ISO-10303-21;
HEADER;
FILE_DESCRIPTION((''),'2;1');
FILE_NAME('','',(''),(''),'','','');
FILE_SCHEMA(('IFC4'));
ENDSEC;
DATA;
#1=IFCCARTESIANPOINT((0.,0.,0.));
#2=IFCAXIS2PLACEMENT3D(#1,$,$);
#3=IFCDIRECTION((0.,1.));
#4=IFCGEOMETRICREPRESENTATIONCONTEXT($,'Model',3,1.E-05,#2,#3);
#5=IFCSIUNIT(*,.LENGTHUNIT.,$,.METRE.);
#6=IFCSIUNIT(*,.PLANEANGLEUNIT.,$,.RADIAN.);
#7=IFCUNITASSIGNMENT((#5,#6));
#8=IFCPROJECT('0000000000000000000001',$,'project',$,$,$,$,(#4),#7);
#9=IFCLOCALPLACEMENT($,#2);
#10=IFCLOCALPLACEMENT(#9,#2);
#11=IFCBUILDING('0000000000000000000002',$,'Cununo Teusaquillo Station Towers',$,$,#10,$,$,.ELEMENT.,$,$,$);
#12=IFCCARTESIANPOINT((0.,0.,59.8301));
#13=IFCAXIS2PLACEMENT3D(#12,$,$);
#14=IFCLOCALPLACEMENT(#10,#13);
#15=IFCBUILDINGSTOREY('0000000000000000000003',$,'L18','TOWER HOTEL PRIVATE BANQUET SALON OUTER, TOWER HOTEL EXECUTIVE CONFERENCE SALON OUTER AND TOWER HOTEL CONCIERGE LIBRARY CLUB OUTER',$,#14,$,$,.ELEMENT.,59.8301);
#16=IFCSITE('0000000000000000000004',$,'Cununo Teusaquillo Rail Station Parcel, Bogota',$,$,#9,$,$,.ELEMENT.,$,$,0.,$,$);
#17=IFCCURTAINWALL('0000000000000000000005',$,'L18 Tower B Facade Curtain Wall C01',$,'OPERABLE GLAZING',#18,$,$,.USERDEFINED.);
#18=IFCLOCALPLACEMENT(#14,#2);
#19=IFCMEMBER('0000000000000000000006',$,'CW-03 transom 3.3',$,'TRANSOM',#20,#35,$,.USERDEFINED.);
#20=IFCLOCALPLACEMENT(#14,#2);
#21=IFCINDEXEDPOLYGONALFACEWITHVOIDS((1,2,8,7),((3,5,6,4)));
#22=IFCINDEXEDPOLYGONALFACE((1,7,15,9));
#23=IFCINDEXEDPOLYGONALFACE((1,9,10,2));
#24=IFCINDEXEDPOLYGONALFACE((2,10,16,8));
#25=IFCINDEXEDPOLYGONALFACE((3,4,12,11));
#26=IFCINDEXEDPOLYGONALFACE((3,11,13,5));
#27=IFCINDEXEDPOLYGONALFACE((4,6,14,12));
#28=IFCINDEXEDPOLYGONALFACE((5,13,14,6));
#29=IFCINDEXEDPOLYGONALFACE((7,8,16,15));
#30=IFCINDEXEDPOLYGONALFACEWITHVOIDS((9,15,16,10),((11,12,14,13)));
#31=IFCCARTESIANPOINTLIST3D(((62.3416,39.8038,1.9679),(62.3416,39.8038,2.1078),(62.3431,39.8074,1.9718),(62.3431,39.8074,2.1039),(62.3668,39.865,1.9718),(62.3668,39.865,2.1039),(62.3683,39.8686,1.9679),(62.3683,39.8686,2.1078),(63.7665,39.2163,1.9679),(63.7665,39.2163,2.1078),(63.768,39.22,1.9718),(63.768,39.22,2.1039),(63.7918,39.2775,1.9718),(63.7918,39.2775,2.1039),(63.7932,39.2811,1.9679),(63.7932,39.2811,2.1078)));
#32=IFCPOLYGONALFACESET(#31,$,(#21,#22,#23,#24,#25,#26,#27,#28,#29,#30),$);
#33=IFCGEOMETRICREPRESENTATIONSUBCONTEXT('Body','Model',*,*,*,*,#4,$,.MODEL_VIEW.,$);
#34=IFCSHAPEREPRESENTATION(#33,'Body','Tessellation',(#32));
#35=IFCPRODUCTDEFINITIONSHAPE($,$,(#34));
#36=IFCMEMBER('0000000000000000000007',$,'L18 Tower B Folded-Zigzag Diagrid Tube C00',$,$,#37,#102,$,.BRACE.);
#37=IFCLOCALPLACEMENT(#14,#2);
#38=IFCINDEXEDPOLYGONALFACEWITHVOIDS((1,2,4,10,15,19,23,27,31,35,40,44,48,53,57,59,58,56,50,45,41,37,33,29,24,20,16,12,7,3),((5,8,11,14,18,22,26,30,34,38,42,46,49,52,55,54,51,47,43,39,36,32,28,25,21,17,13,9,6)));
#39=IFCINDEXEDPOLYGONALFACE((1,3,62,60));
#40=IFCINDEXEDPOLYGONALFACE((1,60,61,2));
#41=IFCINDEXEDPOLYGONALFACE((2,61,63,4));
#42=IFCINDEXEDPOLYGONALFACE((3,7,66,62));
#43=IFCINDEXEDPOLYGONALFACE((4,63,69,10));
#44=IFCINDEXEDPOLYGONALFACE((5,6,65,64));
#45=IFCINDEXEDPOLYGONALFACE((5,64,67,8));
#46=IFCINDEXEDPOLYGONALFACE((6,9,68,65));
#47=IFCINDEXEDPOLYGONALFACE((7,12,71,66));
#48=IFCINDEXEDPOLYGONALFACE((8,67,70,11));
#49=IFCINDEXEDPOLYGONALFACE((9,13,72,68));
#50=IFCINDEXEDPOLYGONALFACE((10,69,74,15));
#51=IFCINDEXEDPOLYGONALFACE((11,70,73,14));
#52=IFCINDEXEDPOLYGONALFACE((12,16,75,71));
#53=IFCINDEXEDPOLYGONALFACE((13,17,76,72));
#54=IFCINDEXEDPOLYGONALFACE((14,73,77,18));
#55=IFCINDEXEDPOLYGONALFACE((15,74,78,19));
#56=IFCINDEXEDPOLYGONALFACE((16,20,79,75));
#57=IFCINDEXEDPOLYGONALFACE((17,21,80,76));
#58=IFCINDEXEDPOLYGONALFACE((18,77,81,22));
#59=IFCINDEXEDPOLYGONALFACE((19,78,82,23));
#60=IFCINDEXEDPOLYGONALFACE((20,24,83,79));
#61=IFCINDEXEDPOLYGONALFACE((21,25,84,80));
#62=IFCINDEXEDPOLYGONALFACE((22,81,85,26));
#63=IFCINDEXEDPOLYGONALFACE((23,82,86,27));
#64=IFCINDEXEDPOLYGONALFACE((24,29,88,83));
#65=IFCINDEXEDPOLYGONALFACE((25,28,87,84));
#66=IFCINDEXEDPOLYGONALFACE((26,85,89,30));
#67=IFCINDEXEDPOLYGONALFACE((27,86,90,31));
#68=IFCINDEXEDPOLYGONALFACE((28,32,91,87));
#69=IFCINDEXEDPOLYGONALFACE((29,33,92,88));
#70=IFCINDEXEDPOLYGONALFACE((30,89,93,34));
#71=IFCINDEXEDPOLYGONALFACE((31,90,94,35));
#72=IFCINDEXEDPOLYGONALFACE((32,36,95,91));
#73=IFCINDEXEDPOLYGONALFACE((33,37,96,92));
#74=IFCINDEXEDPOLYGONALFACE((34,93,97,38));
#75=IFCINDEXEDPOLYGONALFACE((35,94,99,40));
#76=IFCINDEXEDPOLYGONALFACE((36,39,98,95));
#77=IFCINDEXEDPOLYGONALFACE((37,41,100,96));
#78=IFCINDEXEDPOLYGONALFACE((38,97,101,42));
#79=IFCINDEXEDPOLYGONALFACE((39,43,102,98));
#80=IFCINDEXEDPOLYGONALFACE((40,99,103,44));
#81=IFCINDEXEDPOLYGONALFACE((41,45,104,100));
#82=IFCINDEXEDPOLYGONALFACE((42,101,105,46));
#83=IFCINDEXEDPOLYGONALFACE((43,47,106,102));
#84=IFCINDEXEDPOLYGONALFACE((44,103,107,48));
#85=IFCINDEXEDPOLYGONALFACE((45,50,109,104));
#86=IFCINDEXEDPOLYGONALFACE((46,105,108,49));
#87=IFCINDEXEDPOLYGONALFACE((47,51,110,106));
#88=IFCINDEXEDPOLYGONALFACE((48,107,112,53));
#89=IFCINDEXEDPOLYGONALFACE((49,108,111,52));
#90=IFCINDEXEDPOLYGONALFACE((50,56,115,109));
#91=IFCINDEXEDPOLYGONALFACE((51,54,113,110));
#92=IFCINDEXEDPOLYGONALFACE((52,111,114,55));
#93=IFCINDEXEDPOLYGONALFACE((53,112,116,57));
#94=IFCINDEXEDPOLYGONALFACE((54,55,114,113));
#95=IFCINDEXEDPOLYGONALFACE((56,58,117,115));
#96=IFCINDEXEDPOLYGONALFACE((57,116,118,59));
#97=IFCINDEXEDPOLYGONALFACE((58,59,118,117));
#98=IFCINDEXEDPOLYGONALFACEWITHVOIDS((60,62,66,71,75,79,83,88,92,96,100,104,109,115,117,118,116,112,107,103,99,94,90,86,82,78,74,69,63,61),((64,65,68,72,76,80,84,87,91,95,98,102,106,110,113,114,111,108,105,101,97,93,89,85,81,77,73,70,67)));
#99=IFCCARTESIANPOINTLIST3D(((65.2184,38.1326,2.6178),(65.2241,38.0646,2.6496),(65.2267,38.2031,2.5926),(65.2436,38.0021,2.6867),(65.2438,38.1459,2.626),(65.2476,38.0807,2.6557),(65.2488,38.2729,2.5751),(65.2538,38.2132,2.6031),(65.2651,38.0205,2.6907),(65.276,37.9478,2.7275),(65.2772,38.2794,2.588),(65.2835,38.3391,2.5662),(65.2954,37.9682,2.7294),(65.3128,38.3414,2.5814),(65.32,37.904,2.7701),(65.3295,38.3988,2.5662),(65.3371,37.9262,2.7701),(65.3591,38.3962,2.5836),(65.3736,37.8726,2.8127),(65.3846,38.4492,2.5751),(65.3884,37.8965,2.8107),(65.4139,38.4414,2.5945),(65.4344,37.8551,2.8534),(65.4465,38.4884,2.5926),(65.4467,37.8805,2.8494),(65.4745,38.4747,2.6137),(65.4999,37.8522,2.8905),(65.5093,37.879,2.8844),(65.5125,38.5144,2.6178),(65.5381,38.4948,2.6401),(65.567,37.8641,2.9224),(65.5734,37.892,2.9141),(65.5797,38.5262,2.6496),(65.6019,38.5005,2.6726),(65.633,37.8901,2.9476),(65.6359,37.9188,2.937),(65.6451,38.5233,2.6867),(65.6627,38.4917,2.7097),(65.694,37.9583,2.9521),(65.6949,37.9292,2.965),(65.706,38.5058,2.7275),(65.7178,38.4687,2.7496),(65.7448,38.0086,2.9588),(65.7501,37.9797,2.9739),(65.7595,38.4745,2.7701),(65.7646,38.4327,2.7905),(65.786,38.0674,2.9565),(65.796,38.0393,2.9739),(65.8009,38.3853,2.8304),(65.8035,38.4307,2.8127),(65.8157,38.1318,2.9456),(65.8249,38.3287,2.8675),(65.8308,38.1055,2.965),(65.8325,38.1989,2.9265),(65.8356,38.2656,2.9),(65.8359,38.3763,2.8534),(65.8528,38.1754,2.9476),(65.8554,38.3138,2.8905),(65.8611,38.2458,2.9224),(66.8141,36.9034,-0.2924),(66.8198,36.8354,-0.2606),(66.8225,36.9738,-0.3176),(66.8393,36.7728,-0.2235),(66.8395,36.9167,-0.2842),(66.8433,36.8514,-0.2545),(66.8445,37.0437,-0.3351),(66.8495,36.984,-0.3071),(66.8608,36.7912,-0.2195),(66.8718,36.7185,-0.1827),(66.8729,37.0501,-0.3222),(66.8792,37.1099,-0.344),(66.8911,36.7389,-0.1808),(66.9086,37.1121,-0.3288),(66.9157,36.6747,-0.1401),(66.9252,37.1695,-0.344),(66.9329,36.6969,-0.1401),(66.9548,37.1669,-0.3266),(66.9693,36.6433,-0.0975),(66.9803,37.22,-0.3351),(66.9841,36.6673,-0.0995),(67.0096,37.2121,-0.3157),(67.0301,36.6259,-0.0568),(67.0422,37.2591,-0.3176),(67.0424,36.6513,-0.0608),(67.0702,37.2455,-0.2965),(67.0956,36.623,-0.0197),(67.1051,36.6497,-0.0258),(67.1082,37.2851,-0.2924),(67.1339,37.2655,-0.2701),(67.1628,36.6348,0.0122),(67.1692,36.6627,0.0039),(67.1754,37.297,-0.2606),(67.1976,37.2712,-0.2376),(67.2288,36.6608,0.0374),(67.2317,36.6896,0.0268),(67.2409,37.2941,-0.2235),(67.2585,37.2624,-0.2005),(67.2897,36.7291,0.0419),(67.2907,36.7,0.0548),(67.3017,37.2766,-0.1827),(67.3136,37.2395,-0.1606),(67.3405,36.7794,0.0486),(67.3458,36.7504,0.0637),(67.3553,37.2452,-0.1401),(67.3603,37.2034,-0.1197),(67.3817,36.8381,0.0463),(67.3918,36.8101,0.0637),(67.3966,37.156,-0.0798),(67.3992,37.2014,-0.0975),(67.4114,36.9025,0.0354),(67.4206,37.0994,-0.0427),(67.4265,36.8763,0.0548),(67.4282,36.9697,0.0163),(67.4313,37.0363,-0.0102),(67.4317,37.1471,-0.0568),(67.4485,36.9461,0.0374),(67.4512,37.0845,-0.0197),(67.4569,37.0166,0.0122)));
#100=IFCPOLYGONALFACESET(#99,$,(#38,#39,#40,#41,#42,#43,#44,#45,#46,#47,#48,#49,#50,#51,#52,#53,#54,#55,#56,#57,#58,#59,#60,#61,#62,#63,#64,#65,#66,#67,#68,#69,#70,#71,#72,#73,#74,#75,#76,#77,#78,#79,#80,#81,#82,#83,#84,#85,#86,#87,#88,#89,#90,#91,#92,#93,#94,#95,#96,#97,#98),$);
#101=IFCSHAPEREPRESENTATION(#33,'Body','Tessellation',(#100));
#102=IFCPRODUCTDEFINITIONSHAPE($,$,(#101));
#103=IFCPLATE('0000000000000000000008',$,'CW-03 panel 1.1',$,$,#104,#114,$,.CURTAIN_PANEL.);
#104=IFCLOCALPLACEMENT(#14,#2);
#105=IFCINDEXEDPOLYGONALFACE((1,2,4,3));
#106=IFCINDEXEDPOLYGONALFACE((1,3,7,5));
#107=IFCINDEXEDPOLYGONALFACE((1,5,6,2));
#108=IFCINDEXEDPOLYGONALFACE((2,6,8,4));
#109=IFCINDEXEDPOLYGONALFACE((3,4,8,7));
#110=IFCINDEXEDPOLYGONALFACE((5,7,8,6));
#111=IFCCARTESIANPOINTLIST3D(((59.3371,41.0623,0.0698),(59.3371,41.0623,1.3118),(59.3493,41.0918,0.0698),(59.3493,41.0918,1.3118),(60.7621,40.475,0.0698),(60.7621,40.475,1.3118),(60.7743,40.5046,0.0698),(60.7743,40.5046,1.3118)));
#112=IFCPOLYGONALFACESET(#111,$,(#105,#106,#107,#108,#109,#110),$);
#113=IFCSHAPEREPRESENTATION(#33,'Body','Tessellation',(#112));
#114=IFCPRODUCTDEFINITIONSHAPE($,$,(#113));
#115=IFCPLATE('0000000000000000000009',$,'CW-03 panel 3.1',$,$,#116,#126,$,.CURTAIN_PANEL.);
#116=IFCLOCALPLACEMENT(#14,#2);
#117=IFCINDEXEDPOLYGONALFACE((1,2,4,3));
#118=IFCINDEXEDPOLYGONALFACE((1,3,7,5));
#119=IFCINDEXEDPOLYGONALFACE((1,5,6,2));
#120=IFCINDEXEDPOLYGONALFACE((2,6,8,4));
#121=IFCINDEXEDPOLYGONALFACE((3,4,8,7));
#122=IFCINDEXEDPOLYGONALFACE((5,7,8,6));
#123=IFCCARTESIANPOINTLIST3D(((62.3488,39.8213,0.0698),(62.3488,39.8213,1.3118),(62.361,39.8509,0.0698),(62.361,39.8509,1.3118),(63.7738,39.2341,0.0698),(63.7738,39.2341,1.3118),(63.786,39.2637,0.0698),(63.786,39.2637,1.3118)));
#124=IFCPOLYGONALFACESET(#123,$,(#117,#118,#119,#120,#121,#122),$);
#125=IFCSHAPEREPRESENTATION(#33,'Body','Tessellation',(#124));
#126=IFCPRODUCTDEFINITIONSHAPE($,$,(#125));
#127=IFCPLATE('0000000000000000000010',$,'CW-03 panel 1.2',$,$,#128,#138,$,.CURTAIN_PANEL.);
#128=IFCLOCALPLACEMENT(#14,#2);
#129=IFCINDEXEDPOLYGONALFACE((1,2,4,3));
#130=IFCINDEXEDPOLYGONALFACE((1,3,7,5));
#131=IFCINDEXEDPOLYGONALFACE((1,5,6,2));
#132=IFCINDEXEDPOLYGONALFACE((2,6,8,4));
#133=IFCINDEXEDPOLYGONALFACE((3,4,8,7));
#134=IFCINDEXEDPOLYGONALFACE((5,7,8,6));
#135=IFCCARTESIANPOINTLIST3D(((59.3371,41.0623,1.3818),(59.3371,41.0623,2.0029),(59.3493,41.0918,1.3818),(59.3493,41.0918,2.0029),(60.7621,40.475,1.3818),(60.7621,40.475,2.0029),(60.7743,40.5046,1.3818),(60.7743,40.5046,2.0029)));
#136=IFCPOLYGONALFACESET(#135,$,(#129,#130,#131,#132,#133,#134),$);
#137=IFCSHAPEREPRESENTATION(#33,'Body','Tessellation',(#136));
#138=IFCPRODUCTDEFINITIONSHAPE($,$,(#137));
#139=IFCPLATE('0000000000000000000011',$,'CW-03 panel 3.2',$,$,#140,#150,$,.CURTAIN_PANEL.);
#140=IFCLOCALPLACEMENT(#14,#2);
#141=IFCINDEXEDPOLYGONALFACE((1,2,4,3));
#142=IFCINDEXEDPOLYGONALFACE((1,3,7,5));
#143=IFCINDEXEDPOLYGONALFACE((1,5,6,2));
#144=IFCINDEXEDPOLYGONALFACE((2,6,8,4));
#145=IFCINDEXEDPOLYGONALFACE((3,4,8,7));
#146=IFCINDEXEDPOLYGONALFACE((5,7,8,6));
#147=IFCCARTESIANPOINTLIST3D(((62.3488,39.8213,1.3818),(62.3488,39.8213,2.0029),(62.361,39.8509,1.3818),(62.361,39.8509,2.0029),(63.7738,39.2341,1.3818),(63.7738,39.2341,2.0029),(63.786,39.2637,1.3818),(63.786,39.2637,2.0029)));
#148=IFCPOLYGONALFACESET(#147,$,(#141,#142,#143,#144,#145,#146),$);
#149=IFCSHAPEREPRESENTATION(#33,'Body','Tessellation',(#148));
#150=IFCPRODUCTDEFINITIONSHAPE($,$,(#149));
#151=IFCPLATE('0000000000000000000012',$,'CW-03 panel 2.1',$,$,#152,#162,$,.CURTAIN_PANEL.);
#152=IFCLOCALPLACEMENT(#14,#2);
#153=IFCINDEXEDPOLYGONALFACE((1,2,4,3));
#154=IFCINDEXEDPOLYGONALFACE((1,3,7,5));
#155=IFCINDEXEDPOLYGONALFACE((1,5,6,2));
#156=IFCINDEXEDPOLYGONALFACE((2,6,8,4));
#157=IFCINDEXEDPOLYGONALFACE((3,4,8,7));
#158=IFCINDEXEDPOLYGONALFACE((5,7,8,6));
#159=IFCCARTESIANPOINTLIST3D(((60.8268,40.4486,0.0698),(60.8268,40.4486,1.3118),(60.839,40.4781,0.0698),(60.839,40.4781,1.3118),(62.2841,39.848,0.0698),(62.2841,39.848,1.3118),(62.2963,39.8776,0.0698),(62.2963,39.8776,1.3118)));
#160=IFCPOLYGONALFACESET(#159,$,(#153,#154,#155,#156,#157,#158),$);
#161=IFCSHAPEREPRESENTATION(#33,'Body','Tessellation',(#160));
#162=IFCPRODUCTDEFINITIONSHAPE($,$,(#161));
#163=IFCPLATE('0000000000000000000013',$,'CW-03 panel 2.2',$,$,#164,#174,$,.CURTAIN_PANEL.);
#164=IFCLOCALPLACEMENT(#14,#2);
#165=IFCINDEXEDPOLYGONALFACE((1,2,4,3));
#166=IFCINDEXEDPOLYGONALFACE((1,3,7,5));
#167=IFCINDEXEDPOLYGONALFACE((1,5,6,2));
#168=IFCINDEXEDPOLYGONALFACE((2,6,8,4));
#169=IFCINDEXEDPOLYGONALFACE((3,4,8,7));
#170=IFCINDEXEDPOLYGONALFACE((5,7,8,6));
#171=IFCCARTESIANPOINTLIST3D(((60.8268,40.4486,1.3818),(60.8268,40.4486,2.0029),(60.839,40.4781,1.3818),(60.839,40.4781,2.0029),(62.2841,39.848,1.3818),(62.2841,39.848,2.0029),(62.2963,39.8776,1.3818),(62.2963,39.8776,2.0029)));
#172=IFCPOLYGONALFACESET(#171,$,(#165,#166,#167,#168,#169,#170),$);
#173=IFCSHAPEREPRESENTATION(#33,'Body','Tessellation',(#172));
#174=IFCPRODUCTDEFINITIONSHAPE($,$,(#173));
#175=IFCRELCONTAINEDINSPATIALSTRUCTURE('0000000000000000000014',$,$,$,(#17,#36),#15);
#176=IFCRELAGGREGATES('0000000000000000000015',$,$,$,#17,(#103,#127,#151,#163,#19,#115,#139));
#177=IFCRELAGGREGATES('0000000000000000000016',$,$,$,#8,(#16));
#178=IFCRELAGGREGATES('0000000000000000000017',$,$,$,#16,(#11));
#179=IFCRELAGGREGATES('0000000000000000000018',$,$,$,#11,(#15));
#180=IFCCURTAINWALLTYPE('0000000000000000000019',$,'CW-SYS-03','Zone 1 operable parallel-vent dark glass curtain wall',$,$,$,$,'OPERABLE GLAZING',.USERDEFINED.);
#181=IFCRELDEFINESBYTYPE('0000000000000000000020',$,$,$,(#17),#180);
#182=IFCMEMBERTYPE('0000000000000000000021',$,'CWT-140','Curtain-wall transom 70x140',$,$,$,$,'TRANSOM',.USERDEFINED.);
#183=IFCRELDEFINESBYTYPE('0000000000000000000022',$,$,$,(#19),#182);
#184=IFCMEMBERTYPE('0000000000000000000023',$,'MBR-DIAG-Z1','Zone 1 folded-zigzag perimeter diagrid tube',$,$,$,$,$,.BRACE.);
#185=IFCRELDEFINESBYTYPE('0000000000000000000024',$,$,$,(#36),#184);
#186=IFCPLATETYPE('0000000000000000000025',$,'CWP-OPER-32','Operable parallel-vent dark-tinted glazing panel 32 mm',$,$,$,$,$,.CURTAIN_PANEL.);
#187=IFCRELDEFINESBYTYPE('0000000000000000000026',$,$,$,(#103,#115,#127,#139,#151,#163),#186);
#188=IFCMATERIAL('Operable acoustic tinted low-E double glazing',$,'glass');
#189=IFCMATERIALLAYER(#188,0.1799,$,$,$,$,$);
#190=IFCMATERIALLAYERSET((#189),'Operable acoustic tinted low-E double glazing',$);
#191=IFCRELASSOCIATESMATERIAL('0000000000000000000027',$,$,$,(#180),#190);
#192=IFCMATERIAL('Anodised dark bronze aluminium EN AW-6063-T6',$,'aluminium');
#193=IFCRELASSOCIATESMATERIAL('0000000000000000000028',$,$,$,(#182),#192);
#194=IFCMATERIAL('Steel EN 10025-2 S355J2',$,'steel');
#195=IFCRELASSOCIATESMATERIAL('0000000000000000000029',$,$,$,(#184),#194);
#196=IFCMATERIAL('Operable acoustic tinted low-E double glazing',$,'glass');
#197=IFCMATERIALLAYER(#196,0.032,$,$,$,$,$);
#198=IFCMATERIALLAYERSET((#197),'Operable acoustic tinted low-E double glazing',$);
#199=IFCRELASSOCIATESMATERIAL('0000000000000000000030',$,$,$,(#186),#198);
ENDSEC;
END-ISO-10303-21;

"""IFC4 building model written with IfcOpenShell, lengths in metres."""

from ifc_helpers import new_model, si_unit, direction, frame, origin, origin_2d, place, context, subcontext, project, spatial, rectangle, hollow_rectangle, hollow_circle, extrude, source, transform, mapped, material, layer, layer_set, material_profile, profile_set, type_object, element, aggregate, save


model = new_model("IFC4")

# Units and contexts
model_context = context("Model", 3, precision=1e-05, world=origin(), true_north=direction((0.0, 1.0)))
body_context = subcontext(model_context, "Body", "Model", "MODEL_VIEW")
ifc_project = project(units=[si_unit("LENGTHUNIT", "METRE"), si_unit("PLANEANGLEUNIT", "RADIAN")], contexts=[model_context])

# Site, building, storey
site_placement = place(None, origin())
site = spatial("IfcSite", under=ifc_project, at=site_placement, Name="Cununo Teusaquillo Rail Station Parcel, Bogota", CompositionType="ELEMENT", RefElevation=0.0)
building_placement = place(site_placement, origin())
building = spatial("IfcBuilding", under=site, at=building_placement, Name="Cununo Teusaquillo Station Towers", CompositionType="ELEMENT")
storey_placement = place(building_placement, frame((0.0, 0.0, 59.8301)))
storey = spatial("IfcBuildingStorey", under=building, at=storey_placement, Name="L18", Description="TOWER HOTEL PRIVATE BANQUET SALON OUTER, TOWER HOTEL EXECUTIVE CONFERENCE SALON OUTER AND TOWER HOTEL CONCIERGE LIBRARY CLUB OUTER", CompositionType="ELEMENT", Elevation=59.8301)

# Curtain wall, member
ifc_material_1 = material(Name="Operable acoustic tinted low-E double glazing", Category="glass")
ifc_layer_1 = layer(ifc_material_1, 0.1799)
ifc_layer_set_1 = layer_set([ifc_layer_1], Name="Operable acoustic tinted low-E double glazing")
curtain_wall_type = type_object("IfcCurtainWallType", Name="CW-SYS-03", Description="Zone 1 operable parallel-vent dark glass curtain wall", ElementType="OPERABLE GLAZING", PredefinedType="USERDEFINED", material=ifc_layer_set_1)
curtain_wall_placement = place(storey_placement, origin())
curtain_wall = element("IfcCurtainWall", 1, at=curtain_wall_placement, inside=storey, type_object=curtain_wall_type, Name="L18 Tower B Facade Curtain Wall C01", ObjectType="OPERABLE GLAZING", PredefinedType="USERDEFINED")
ifc_material_2 = material(Name="Anodised dark bronze aluminium EN AW-6063-T6", Category="aluminium")
ifc_material_profile_1 = material_profile(ifc_material_2, hollow_rectangle(XDim=0.0701, YDim=0.1399, WallThickness=0.0039, at=origin_2d()), Name="CW-TRAN-70x140")
ifc_profile_set_1 = profile_set([ifc_material_profile_1], Name="Anodised dark bronze aluminium EN AW-6063-T6")
member_type_1 = type_object("IfcMemberType", Name="CWT-140", Description="Curtain-wall transom 70x140", ElementType="TRANSOM", PredefinedType="USERDEFINED", material=ifc_profile_set_1)
member_1_placement = place(storey_placement, frame((62.355, 39.8362, 2.0378), z_axis=(0.924514, -0.381148, 0.0), x_axis=(0.381148, 0.924514, 0.0)))
member_1 = element("IfcMember", 2, at=member_1_placement, type_object=member_type_1, Name="CW-03 transom 3.3", ObjectType="TRANSOM", PredefinedType="USERDEFINED", context=body_context, shape_type="SweptSolid", body=[
    extrude(hollow_rectangle(XDim=0.0701, YDim=0.1399, WallThickness=0.0039, at=origin_2d()), origin(), (0.0, 0.0, 1.0), 1.5413),
])

# Member
ifc_material_3 = material(Name="Steel EN 10025-2 S355J2", Category="steel")
ifc_material_profile_2 = material_profile(ifc_material_3, hollow_circle(Radius=0.3601, WallThickness=0.0281, at=origin_2d()), Name="CHS 720x28")
ifc_profile_set_2 = profile_set([ifc_material_profile_2], Name="Steel EN 10025-2 S355J2")
member_type_2 = type_object("IfcMemberType", Name="MBR-DIAG-Z1", Description="Zone 1 folded-zigzag perimeter diagrid tube", PredefinedType="BRACE", material=ifc_profile_set_2)
member_2_placement = place(storey_placement, frame((67.1355, 36.96, -0.1401), z_axis=(-0.450858, 0.347318, 0.822251), x_axis=(-0.610267, -0.792196, 0.0)))
element("IfcMember", 3, at=member_2_placement, inside=storey, type_object=member_type_2, Name="L18 Tower B Folded-Zigzag Diagrid Tube C00", PredefinedType="BRACE", context=body_context, shape_type="SweptSolid", body=[
    extrude(hollow_circle(Radius=0.3601, WallThickness=0.0281, at=origin_2d()), origin(), (0.0, 0.0, 1.0), 3.5393),
])

# Plates
ifc_material_4 = material(Name="Operable acoustic tinted low-E double glazing", Category="glass")
ifc_layer_2 = layer(ifc_material_4, 0.032)
ifc_layer_set_2 = layer_set([ifc_layer_2], Name="Operable acoustic tinted low-E double glazing")
plate_type = type_object("IfcPlateType", Name="CWP-OPER-32", Description="Operable parallel-vent dark-tinted glazing panel 32 mm", PredefinedType="CURTAIN_PANEL", material=ifc_layer_set_2)
shared_shape_1 = source(origin(), body_context, "Body", "SweptSolid", [
    extrude(rectangle(XDim=1.5413, YDim=0.032, at=origin_2d()), origin(), (0.0, 0.0, 1.0), 1.2419),
])
plate_1_placement = place(storey_placement, frame((60.0557, 40.7834, 0.0698), z_axis=(0.0, 0.0, 1.0), x_axis=(0.924572, -0.381006, 0.0)))
plate_1 = element("IfcPlate", 4, at=plate_1_placement, type_object=plate_type, Name="CW-03 panel 1.1", PredefinedType="CURTAIN_PANEL", context=body_context, shape_type="MappedRepresentation", body=[
    mapped(shared_shape_1, transform((0.0, 0.0, 0.0), x_axis=(1.0, 0.0, 0.0), y_axis=(0.0, 1.0, 0.0), z_axis=(0.0, 0.0, 1.0), scale=1.0)),
])
plate_2_placement = place(storey_placement, frame((63.0674, 39.5425, 0.0698), z_axis=(0.0, 0.0, 1.0), x_axis=(0.924572, -0.381006, 0.0)))
plate_2 = element("IfcPlate", 5, at=plate_2_placement, type_object=plate_type, Name="CW-03 panel 3.1", PredefinedType="CURTAIN_PANEL", context=body_context, shape_type="MappedRepresentation", body=[
    mapped(shared_shape_1, transform((0.0, 0.0, 0.0), x_axis=(1.0, 0.0, 0.0), y_axis=(0.0, 1.0, 0.0), z_axis=(0.0, 0.0, 1.0), scale=1.0)),
])
shared_shape_2 = source(origin(), body_context, "Body", "SweptSolid", [
    extrude(rectangle(XDim=1.5413, YDim=0.032, at=origin_2d()), origin(), (0.0, 0.0, 1.0), 0.6211),
])
plate_3_placement = place(storey_placement, frame((60.0557, 40.7834, 1.3818), z_axis=(0.0, 0.0, 1.0), x_axis=(0.924572, -0.381006, 0.0)))
plate_3 = element("IfcPlate", 6, at=plate_3_placement, type_object=plate_type, Name="CW-03 panel 1.2", PredefinedType="CURTAIN_PANEL", context=body_context, shape_type="MappedRepresentation", body=[
    mapped(shared_shape_2, transform((0.0, 0.0, 0.0), x_axis=(1.0, 0.0, 0.0), y_axis=(0.0, 1.0, 0.0), z_axis=(0.0, 0.0, 1.0), scale=1.0)),
])
plate_4_placement = place(storey_placement, frame((63.0674, 39.5425, 1.3818), z_axis=(0.0, 0.0, 1.0), x_axis=(0.924572, -0.381006, 0.0)))
plate_4 = element("IfcPlate", 7, at=plate_4_placement, type_object=plate_type, Name="CW-03 panel 3.2", PredefinedType="CURTAIN_PANEL", context=body_context, shape_type="MappedRepresentation", body=[
    mapped(shared_shape_2, transform((0.0, 0.0, 0.0), x_axis=(1.0, 0.0, 0.0), y_axis=(0.0, 1.0, 0.0), z_axis=(0.0, 0.0, 1.0), scale=1.0)),
])
shared_shape_3 = source(origin(), body_context, "Body", "SweptSolid", [
    extrude(rectangle(XDim=1.5762, YDim=0.032, at=origin_2d()), origin(), (0.0, 0.0, 1.0), 1.2419),
])
plate_5_placement = place(storey_placement, frame((61.5615, 40.1631, 0.0698), z_axis=(0.0, 0.0, 1.0), x_axis=(0.924572, -0.381006, 0.0)))
plate_5 = element("IfcPlate", 8, at=plate_5_placement, type_object=plate_type, Name="CW-03 panel 2.1", PredefinedType="CURTAIN_PANEL", context=body_context, shape_type="MappedRepresentation", body=[
    mapped(shared_shape_3, transform((0.0, 0.0, 0.0), x_axis=(1.0, 0.0, 0.0), y_axis=(0.0, 1.0, 0.0), z_axis=(0.0, 0.0, 1.0), scale=1.0)),
])
shared_shape_4 = source(origin(), body_context, "Body", "SweptSolid", [
    extrude(rectangle(XDim=1.5762, YDim=0.032, at=origin_2d()), origin(), (0.0, 0.0, 1.0), 0.6211),
])
plate_6_placement = place(storey_placement, frame((61.5615, 40.1631, 1.3818), z_axis=(0.0, 0.0, 1.0), x_axis=(0.924572, -0.381006, 0.0)))
plate_6 = element("IfcPlate", 9, at=plate_6_placement, type_object=plate_type, Name="CW-03 panel 2.2", PredefinedType="CURTAIN_PANEL", context=body_context, shape_type="MappedRepresentation", body=[
    mapped(shared_shape_4, transform((0.0, 0.0, 0.0), x_axis=(1.0, 0.0, 0.0), y_axis=(0.0, 1.0, 0.0), z_axis=(0.0, 0.0, 1.0), scale=1.0)),
])
aggregate(curtain_wall, [plate_1, plate_3, plate_5, plate_6, member_1, plate_2, plate_4])

save(model, "model.ifc")
